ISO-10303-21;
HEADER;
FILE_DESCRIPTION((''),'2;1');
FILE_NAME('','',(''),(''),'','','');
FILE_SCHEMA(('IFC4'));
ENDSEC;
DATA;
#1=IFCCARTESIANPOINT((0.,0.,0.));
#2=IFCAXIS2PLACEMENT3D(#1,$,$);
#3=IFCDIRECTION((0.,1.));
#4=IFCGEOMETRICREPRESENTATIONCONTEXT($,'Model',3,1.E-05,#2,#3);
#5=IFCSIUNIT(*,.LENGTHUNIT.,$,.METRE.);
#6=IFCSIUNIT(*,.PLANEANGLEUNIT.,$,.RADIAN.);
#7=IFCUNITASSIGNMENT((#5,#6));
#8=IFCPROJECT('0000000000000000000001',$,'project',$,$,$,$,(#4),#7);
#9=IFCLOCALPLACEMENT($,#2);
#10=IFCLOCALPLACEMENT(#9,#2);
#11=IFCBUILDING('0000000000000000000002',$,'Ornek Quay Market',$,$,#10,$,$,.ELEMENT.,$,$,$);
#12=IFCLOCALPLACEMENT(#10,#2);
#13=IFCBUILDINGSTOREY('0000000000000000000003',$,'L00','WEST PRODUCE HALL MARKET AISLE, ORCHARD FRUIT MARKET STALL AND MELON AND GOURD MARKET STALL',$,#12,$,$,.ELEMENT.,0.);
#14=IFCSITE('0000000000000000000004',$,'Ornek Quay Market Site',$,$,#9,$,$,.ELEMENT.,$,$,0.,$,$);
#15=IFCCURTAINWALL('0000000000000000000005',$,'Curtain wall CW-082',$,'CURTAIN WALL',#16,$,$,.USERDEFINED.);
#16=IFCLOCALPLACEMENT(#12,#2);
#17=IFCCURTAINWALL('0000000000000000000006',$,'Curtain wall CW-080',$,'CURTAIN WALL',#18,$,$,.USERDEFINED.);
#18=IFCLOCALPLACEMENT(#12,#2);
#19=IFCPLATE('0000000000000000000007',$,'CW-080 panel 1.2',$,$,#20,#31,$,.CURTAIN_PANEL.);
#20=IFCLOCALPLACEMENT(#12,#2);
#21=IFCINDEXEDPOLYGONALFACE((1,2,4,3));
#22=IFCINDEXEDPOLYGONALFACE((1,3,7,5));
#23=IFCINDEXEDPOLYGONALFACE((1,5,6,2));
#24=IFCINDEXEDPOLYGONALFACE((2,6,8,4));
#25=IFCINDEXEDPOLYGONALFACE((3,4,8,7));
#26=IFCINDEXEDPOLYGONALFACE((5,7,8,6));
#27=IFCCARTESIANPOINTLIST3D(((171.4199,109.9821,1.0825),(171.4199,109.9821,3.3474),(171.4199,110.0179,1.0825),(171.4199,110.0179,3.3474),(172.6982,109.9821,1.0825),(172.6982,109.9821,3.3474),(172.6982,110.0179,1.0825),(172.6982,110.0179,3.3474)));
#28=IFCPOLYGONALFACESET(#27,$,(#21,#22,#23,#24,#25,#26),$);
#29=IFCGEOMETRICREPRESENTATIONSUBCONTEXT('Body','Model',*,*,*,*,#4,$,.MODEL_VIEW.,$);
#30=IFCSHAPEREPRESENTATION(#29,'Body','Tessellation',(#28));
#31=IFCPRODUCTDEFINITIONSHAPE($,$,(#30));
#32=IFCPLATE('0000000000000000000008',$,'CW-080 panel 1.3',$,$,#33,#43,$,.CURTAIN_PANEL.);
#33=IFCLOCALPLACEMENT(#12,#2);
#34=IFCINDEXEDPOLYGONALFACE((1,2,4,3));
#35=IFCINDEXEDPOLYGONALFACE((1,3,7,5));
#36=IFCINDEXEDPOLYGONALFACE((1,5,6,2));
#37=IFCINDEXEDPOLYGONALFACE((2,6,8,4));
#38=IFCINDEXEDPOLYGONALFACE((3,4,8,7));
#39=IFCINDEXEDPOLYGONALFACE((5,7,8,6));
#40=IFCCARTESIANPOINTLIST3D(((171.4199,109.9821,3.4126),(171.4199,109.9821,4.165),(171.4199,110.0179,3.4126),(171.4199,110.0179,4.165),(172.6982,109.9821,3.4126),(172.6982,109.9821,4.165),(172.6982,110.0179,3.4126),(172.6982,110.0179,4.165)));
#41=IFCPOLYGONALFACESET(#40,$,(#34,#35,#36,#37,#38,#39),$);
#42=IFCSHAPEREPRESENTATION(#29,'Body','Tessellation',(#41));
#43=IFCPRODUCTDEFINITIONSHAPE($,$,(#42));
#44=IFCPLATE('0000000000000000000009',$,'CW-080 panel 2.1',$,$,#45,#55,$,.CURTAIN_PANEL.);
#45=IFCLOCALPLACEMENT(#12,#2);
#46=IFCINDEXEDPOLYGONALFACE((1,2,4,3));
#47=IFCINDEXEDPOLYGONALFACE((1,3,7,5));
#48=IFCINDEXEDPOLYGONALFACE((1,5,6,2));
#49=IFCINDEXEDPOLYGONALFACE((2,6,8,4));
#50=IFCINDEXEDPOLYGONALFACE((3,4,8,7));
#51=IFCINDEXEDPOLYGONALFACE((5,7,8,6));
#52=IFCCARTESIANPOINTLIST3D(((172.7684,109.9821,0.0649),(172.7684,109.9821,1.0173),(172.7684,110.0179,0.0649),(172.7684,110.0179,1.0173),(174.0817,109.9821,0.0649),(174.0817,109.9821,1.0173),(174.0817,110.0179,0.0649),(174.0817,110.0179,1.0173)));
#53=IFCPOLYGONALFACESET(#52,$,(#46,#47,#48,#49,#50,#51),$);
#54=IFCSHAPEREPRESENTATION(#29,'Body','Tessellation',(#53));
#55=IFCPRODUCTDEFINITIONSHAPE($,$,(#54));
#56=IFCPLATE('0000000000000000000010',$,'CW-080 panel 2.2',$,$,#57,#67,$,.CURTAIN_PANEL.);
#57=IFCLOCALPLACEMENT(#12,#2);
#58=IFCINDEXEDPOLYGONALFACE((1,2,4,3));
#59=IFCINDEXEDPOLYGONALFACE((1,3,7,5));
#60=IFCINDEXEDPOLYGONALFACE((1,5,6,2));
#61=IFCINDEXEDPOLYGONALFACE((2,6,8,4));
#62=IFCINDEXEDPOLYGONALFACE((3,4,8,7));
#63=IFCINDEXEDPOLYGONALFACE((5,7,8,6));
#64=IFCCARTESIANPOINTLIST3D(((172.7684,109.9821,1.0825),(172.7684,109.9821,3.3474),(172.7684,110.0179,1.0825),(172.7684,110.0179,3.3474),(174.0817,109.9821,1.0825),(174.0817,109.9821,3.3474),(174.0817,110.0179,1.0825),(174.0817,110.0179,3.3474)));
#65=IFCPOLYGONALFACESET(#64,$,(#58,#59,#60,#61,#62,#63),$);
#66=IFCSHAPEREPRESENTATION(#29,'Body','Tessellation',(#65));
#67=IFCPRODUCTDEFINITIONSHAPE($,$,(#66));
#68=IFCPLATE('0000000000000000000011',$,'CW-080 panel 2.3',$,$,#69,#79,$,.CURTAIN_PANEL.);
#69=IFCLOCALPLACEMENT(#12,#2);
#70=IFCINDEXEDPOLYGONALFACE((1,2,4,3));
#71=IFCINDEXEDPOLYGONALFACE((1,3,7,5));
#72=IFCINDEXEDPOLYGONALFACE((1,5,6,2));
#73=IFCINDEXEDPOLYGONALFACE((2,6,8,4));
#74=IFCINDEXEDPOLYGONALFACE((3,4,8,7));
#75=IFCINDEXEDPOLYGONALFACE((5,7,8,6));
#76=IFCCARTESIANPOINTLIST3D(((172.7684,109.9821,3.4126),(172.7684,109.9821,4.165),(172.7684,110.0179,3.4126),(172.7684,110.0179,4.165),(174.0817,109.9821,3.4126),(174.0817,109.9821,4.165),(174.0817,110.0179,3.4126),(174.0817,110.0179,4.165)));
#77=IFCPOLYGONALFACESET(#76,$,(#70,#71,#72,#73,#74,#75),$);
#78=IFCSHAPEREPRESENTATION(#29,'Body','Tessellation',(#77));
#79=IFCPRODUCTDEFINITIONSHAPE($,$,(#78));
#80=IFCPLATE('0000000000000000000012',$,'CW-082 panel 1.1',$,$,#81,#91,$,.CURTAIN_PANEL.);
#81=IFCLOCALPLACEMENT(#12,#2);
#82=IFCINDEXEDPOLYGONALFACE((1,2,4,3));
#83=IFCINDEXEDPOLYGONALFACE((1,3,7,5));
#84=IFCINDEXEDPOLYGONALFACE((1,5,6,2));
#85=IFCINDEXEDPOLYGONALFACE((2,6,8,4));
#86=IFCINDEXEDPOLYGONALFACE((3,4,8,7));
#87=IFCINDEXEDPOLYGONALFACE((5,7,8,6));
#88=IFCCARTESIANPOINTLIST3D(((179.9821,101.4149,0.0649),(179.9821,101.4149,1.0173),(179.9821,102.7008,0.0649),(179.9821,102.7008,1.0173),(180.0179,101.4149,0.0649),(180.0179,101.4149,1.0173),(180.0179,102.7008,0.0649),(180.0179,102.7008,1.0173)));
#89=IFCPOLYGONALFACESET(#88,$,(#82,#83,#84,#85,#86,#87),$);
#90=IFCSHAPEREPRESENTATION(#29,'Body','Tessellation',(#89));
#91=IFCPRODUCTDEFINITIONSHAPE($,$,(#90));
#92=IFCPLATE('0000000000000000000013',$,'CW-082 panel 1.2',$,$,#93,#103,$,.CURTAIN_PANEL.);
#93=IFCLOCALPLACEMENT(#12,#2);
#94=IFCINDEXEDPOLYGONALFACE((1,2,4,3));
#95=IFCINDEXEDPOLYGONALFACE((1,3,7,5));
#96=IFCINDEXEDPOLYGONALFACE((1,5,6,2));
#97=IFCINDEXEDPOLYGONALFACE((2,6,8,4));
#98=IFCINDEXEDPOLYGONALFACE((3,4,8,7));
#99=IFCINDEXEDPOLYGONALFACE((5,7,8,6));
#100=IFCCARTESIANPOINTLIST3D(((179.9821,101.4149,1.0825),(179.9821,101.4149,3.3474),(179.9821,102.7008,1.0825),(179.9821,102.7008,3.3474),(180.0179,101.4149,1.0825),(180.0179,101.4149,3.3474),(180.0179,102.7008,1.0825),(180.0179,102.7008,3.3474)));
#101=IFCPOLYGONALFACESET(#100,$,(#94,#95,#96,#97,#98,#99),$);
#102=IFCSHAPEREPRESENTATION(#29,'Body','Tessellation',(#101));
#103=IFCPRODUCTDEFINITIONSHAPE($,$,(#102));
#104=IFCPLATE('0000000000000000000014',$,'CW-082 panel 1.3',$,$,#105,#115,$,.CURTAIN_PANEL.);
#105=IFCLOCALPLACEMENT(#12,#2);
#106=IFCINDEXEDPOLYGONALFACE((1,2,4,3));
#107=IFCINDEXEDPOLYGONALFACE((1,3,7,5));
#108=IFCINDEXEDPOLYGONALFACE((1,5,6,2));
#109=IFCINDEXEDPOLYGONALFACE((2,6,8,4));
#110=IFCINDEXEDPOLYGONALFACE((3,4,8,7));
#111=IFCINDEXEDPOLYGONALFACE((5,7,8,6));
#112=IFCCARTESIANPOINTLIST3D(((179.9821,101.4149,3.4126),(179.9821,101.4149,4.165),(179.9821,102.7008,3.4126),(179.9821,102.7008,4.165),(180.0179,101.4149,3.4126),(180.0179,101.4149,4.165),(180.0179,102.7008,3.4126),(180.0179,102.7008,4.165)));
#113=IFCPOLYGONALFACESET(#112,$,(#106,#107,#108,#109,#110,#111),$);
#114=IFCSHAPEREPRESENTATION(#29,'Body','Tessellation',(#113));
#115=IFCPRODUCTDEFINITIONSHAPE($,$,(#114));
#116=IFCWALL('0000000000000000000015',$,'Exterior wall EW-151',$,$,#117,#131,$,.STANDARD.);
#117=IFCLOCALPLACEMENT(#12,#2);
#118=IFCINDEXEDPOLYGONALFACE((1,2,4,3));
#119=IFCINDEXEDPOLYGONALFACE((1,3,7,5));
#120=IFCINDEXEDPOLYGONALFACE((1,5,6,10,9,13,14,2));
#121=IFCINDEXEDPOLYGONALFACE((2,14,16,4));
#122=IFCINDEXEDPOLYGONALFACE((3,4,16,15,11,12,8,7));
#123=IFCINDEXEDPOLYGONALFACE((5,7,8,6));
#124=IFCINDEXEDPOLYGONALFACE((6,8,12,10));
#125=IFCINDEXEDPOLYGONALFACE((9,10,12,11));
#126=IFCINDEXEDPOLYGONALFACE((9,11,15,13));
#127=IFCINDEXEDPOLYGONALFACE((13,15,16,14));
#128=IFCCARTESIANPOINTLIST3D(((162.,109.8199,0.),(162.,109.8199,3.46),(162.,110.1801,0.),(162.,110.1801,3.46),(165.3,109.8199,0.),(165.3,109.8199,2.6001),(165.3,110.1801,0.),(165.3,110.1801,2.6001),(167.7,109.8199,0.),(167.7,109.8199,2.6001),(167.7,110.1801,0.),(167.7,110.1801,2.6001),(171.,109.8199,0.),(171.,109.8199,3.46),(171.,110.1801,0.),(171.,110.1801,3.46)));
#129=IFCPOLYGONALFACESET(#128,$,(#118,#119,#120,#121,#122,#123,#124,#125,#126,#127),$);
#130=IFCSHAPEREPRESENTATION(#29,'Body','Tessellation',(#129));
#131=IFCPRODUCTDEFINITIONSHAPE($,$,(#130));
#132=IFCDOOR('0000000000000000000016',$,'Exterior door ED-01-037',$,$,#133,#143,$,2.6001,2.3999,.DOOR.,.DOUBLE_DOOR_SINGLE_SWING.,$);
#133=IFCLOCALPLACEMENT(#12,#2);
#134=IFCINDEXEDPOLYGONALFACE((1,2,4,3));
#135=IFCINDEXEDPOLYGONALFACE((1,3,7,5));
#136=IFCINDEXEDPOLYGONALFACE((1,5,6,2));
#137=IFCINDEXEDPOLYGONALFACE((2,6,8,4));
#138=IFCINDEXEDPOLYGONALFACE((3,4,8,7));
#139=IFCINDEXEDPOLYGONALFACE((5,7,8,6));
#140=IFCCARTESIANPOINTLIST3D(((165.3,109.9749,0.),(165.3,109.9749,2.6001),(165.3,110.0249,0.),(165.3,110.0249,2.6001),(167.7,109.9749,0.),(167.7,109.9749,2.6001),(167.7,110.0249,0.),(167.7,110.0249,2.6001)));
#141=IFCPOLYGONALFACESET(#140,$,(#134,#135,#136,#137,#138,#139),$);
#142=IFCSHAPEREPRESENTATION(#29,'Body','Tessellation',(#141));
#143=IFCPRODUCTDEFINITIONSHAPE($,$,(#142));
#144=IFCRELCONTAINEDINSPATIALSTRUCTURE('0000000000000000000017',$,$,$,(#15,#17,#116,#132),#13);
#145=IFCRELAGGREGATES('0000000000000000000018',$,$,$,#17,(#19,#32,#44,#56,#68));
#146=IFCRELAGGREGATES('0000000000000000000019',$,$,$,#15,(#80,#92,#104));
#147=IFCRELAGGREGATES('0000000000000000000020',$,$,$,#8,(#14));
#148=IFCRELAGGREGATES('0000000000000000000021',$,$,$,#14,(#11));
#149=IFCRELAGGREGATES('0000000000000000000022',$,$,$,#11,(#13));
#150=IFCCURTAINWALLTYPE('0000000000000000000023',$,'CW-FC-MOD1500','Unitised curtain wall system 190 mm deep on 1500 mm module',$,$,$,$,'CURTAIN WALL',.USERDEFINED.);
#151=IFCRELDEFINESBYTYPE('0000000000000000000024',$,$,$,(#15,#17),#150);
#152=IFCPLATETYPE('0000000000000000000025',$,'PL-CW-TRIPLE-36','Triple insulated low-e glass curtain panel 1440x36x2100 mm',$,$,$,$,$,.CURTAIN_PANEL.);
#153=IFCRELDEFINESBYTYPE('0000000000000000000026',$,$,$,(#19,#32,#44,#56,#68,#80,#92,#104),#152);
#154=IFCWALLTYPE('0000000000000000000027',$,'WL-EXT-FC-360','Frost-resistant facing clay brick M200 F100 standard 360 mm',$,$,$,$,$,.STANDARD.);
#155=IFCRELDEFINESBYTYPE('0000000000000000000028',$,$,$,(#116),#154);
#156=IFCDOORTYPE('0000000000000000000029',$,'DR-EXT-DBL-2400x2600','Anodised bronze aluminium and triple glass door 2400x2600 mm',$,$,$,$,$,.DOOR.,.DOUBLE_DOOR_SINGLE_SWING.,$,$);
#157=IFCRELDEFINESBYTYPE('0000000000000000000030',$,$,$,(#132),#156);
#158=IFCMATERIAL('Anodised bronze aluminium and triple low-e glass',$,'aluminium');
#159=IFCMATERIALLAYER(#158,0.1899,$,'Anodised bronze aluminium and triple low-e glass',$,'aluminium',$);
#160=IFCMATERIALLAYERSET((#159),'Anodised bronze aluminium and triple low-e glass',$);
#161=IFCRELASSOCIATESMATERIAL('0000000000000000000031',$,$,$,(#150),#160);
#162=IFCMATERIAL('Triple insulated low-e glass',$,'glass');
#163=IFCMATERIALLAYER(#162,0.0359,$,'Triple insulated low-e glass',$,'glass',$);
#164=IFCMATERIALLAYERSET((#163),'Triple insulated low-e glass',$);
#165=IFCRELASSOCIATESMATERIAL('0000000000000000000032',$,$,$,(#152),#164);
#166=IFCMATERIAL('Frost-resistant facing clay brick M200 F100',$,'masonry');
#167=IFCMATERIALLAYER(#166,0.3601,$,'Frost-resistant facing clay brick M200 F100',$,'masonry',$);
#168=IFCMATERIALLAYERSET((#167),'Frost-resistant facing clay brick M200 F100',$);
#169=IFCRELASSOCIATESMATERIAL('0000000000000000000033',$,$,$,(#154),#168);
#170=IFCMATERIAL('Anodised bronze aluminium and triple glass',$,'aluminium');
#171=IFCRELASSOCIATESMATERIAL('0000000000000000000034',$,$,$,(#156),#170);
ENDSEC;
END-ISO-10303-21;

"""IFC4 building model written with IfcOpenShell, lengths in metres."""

from ifc_helpers import new_model, si_unit, direction, frame, frame_2d, origin, origin_2d, place, context, subcontext, project, spatial, rectangle, extrude, material, layer, layer_set, type_object, element, fill, aggregate, save


model = new_model("IFC4")

# Units and contexts
model_context = context("Model", 3, precision=1e-05, world=origin(), true_north=direction((0.0, 1.0)))
body_context = subcontext(model_context, "Body", "Model", "MODEL_VIEW")
ifc_project = project(units=[si_unit("LENGTHUNIT", "METRE"), si_unit("PLANEANGLEUNIT", "RADIAN")], contexts=[model_context])

# Site, building, storey
site_placement = place(None, origin())
site = spatial("IfcSite", under=ifc_project, at=site_placement, Name="Ornek Quay Market Site", CompositionType="ELEMENT", RefElevation=0.0)
building_placement = place(site_placement, origin())
building = spatial("IfcBuilding", under=site, at=building_placement, Name="Ornek Quay Market", CompositionType="ELEMENT")
storey_placement = place(building_placement, origin())
storey = spatial("IfcBuildingStorey", under=building, at=storey_placement, Name="L00", Description="WEST PRODUCE HALL MARKET AISLE, ORCHARD FRUIT MARKET STALL AND MELON AND GOURD MARKET STALL", CompositionType="ELEMENT", Elevation=0.0)

# Curtain wall
ifc_material_1 = material(Name="Anodised bronze aluminium and triple low-e glass", Category="aluminium")
ifc_layer_1 = layer(ifc_material_1, 0.1899, Name="Anodised bronze aluminium and triple low-e glass", Category="aluminium")
ifc_layer_set_1 = layer_set([ifc_layer_1], Name="Anodised bronze aluminium and triple low-e glass")
curtain_wall_type = type_object("IfcCurtainWallType", Name="CW-FC-MOD1500", Description="Unitised curtain wall system 190 mm deep on 1500 mm module", ElementType="CURTAIN WALL", PredefinedType="USERDEFINED", material=ifc_layer_set_1)
curtain_wall_1_placement = place(storey_placement, origin())
curtain_wall_1 = element("IfcCurtainWall", 1, at=curtain_wall_1_placement, inside=storey, type_object=curtain_wall_type, Name="Curtain wall CW-082", ObjectType="CURTAIN WALL", PredefinedType="USERDEFINED")

# Curtain wall
curtain_wall_2_placement = place(storey_placement, origin())
curtain_wall_2 = element("IfcCurtainWall", 2, at=curtain_wall_2_placement, inside=storey, type_object=curtain_wall_type, Name="Curtain wall CW-080", ObjectType="CURTAIN WALL", PredefinedType="USERDEFINED")

# Plates
ifc_material_2 = material(Name="Triple insulated low-e glass", Category="glass")
ifc_layer_2 = layer(ifc_material_2, 0.0359, Name="Triple insulated low-e glass", Category="glass")
ifc_layer_set_2 = layer_set([ifc_layer_2], Name="Triple insulated low-e glass")
plate_type = type_object("IfcPlateType", Name="PL-CW-TRIPLE-36", Description="Triple insulated low-e glass curtain panel 1440x36x2100 mm", PredefinedType="CURTAIN_PANEL", material=ifc_layer_set_2)
plate_1_placement = place(storey_placement, frame((172.0591, 110.0, 1.0825), z_axis=(0.0, 0.0, 1.0), x_axis=(1.0, 0.0, 0.0)))
plate_1 = element("IfcPlate", 3, at=plate_1_placement, type_object=plate_type, Name="CW-080 panel 1.2", PredefinedType="CURTAIN_PANEL", context=body_context, shape_type="SweptSolid", body=[
    extrude(rectangle(XDim=1.2783, YDim=0.0359, at=origin_2d()), origin(), (0.0, 0.0, 1.0), 2.2649),
])
plate_2_placement = place(storey_placement, frame((172.0591, 110.0, 3.4126), z_axis=(0.0, 0.0, 1.0), x_axis=(1.0, 0.0, 0.0)))
plate_2 = element("IfcPlate", 4, at=plate_2_placement, type_object=plate_type, Name="CW-080 panel 1.3", PredefinedType="CURTAIN_PANEL", context=body_context, shape_type="SweptSolid", body=[
    extrude(rectangle(XDim=1.2783, YDim=0.0359, at=origin_2d()), origin(), (0.0, 0.0, 1.0), 0.7524),
])
plate_3_placement = place(storey_placement, frame((173.425, 110.0, 0.0649), z_axis=(0.0, 0.0, 1.0), x_axis=(1.0, 0.0, 0.0)))
plate_3 = element("IfcPlate", 5, at=plate_3_placement, type_object=plate_type, Name="CW-080 panel 2.1", PredefinedType="CURTAIN_PANEL", context=body_context, shape_type="SweptSolid", body=[
    extrude(rectangle(XDim=1.3132, YDim=0.0359, at=origin_2d()), origin(), (0.0, 0.0, 1.0), 0.9524),
])
plate_4_placement = place(storey_placement, frame((173.425, 110.0, 1.0825), z_axis=(0.0, 0.0, 1.0), x_axis=(1.0, 0.0, 0.0)))
plate_4 = element("IfcPlate", 6, at=plate_4_placement, type_object=plate_type, Name="CW-080 panel 2.2", PredefinedType="CURTAIN_PANEL", context=body_context, shape_type="SweptSolid", body=[
    extrude(rectangle(XDim=1.3132, YDim=0.0359, at=origin_2d()), origin(), (0.0, 0.0, 1.0), 2.2649),
])
plate_5_placement = place(storey_placement, frame((173.425, 110.0, 3.4126), z_axis=(0.0, 0.0, 1.0), x_axis=(1.0, 0.0, 0.0)))
plate_5 = element("IfcPlate", 7, at=plate_5_placement, type_object=plate_type, Name="CW-080 panel 2.3", PredefinedType="CURTAIN_PANEL", context=body_context, shape_type="SweptSolid", body=[
    extrude(rectangle(XDim=1.3132, YDim=0.0359, at=origin_2d()), origin(), (0.0, 0.0, 1.0), 0.7524),
])
aggregate(curtain_wall_2, [plate_1, plate_2, plate_3, plate_4, plate_5])
plate_6_placement = place(storey_placement, frame((180.0, 102.0579, 0.0649), z_axis=(0.0, 0.0, 1.0), x_axis=(0.0, 1.0, 0.0)))
plate_6 = element("IfcPlate", 8, at=plate_6_placement, type_object=plate_type, Name="CW-082 panel 1.1", PredefinedType="CURTAIN_PANEL", context=body_context, shape_type="SweptSolid", body=[
    extrude(rectangle(XDim=1.2859, YDim=0.0359, at=origin_2d()), origin(), (0.0, 0.0, 1.0), 0.9524),
])
plate_7_placement = place(storey_placement, frame((180.0, 102.0579, 1.0825), z_axis=(0.0, 0.0, 1.0), x_axis=(0.0, 1.0, 0.0)))
plate_7 = element("IfcPlate", 9, at=plate_7_placement, type_object=plate_type, Name="CW-082 panel 1.2", PredefinedType="CURTAIN_PANEL", context=body_context, shape_type="SweptSolid", body=[
    extrude(rectangle(XDim=1.2859, YDim=0.0359, at=origin_2d()), origin(), (0.0, 0.0, 1.0), 2.2649),
])
plate_8_placement = place(storey_placement, frame((180.0, 102.0579, 3.4126), z_axis=(0.0, 0.0, 1.0), x_axis=(0.0, 1.0, 0.0)))
plate_8 = element("IfcPlate", 10, at=plate_8_placement, type_object=plate_type, Name="CW-082 panel 1.3", PredefinedType="CURTAIN_PANEL", context=body_context, shape_type="SweptSolid", body=[
    extrude(rectangle(XDim=1.2859, YDim=0.0359, at=origin_2d()), origin(), (0.0, 0.0, 1.0), 0.7524),
])
aggregate(curtain_wall_1, [plate_6, plate_7, plate_8])

# Wall, opening, door
ifc_material_3 = material(Name="Frost-resistant facing clay brick M200 F100", Category="masonry")
ifc_layer_3 = layer(ifc_material_3, 0.3601, Name="Frost-resistant facing clay brick M200 F100", Category="masonry")
ifc_layer_set_3 = layer_set([ifc_layer_3], Name="Frost-resistant facing clay brick M200 F100")
wall_type = type_object("IfcWallType", Name="WL-EXT-FC-360", Description="Frost-resistant facing clay brick M200 F100 standard 360 mm", PredefinedType="STANDARD", material=ifc_layer_set_3)
wall_placement = place(storey_placement, frame((162.0, 110.0, 0.0), z_axis=(0.0, 0.0, 1.0), x_axis=(1.0, 0.0, 0.0)))
wall = element("IfcWall", 11, at=wall_placement, inside=storey, type_object=wall_type, Name="Exterior wall EW-151", PredefinedType="STANDARD", context=body_context, shape_type="SweptSolid", body=[
    extrude(rectangle(XDim=9.0, YDim=0.3601, at=frame_2d((4.5, 0.0))), origin(), (0.0, 0.0, 1.0), 3.46),
])
opening_placement = place(wall_placement, frame((3.3, 0.0, 0.0)))
opening = element("IfcOpeningElement", 12, at=opening_placement, cuts=wall, PredefinedType="OPENING", context=body_context, shape_type="SweptSolid", body=[
    extrude(rectangle(XDim=2.3999, YDim=2.6001, at=frame_2d((1.2, 1.3))), frame((0.0, 0.1899, 0.0), z_axis=(0.0, -1.0, 0.0), x_axis=(1.0, 0.0, 0.0)), (0.0, 0.0, 1.0), 0.3801),
])
ifc_material_4 = material(Name="Anodised bronze aluminium and triple glass", Category="aluminium")
door_type = type_object("IfcDoorType", Name="DR-EXT-DBL-2400x2600", Description="Anodised bronze aluminium and triple glass door 2400x2600 mm", OperationType="DOUBLE_DOOR_SINGLE_SWING", PredefinedType="DOOR", material=ifc_material_4)
door_placement = place(opening_placement, origin())
door = element("IfcDoor", 13, at=door_placement, inside=storey, type_object=door_type, Name="Exterior door ED-01-037", OperationType="DOUBLE_DOOR_SINGLE_SWING", OverallHeight=2.6001, OverallWidth=2.3999, PredefinedType="DOOR", context=body_context, shape_type="SweptSolid", body=[
    extrude(rectangle(XDim=2.3999, YDim=2.6001, at=frame_2d((1.2, 1.3))), frame((0.0, 0.0249, 0.0), z_axis=(0.0, -1.0, 0.0), x_axis=(1.0, 0.0, 0.0)), (0.0, 0.0, 1.0), 0.05),
])
fill(opening, door)

save(model, "model.ifc")
